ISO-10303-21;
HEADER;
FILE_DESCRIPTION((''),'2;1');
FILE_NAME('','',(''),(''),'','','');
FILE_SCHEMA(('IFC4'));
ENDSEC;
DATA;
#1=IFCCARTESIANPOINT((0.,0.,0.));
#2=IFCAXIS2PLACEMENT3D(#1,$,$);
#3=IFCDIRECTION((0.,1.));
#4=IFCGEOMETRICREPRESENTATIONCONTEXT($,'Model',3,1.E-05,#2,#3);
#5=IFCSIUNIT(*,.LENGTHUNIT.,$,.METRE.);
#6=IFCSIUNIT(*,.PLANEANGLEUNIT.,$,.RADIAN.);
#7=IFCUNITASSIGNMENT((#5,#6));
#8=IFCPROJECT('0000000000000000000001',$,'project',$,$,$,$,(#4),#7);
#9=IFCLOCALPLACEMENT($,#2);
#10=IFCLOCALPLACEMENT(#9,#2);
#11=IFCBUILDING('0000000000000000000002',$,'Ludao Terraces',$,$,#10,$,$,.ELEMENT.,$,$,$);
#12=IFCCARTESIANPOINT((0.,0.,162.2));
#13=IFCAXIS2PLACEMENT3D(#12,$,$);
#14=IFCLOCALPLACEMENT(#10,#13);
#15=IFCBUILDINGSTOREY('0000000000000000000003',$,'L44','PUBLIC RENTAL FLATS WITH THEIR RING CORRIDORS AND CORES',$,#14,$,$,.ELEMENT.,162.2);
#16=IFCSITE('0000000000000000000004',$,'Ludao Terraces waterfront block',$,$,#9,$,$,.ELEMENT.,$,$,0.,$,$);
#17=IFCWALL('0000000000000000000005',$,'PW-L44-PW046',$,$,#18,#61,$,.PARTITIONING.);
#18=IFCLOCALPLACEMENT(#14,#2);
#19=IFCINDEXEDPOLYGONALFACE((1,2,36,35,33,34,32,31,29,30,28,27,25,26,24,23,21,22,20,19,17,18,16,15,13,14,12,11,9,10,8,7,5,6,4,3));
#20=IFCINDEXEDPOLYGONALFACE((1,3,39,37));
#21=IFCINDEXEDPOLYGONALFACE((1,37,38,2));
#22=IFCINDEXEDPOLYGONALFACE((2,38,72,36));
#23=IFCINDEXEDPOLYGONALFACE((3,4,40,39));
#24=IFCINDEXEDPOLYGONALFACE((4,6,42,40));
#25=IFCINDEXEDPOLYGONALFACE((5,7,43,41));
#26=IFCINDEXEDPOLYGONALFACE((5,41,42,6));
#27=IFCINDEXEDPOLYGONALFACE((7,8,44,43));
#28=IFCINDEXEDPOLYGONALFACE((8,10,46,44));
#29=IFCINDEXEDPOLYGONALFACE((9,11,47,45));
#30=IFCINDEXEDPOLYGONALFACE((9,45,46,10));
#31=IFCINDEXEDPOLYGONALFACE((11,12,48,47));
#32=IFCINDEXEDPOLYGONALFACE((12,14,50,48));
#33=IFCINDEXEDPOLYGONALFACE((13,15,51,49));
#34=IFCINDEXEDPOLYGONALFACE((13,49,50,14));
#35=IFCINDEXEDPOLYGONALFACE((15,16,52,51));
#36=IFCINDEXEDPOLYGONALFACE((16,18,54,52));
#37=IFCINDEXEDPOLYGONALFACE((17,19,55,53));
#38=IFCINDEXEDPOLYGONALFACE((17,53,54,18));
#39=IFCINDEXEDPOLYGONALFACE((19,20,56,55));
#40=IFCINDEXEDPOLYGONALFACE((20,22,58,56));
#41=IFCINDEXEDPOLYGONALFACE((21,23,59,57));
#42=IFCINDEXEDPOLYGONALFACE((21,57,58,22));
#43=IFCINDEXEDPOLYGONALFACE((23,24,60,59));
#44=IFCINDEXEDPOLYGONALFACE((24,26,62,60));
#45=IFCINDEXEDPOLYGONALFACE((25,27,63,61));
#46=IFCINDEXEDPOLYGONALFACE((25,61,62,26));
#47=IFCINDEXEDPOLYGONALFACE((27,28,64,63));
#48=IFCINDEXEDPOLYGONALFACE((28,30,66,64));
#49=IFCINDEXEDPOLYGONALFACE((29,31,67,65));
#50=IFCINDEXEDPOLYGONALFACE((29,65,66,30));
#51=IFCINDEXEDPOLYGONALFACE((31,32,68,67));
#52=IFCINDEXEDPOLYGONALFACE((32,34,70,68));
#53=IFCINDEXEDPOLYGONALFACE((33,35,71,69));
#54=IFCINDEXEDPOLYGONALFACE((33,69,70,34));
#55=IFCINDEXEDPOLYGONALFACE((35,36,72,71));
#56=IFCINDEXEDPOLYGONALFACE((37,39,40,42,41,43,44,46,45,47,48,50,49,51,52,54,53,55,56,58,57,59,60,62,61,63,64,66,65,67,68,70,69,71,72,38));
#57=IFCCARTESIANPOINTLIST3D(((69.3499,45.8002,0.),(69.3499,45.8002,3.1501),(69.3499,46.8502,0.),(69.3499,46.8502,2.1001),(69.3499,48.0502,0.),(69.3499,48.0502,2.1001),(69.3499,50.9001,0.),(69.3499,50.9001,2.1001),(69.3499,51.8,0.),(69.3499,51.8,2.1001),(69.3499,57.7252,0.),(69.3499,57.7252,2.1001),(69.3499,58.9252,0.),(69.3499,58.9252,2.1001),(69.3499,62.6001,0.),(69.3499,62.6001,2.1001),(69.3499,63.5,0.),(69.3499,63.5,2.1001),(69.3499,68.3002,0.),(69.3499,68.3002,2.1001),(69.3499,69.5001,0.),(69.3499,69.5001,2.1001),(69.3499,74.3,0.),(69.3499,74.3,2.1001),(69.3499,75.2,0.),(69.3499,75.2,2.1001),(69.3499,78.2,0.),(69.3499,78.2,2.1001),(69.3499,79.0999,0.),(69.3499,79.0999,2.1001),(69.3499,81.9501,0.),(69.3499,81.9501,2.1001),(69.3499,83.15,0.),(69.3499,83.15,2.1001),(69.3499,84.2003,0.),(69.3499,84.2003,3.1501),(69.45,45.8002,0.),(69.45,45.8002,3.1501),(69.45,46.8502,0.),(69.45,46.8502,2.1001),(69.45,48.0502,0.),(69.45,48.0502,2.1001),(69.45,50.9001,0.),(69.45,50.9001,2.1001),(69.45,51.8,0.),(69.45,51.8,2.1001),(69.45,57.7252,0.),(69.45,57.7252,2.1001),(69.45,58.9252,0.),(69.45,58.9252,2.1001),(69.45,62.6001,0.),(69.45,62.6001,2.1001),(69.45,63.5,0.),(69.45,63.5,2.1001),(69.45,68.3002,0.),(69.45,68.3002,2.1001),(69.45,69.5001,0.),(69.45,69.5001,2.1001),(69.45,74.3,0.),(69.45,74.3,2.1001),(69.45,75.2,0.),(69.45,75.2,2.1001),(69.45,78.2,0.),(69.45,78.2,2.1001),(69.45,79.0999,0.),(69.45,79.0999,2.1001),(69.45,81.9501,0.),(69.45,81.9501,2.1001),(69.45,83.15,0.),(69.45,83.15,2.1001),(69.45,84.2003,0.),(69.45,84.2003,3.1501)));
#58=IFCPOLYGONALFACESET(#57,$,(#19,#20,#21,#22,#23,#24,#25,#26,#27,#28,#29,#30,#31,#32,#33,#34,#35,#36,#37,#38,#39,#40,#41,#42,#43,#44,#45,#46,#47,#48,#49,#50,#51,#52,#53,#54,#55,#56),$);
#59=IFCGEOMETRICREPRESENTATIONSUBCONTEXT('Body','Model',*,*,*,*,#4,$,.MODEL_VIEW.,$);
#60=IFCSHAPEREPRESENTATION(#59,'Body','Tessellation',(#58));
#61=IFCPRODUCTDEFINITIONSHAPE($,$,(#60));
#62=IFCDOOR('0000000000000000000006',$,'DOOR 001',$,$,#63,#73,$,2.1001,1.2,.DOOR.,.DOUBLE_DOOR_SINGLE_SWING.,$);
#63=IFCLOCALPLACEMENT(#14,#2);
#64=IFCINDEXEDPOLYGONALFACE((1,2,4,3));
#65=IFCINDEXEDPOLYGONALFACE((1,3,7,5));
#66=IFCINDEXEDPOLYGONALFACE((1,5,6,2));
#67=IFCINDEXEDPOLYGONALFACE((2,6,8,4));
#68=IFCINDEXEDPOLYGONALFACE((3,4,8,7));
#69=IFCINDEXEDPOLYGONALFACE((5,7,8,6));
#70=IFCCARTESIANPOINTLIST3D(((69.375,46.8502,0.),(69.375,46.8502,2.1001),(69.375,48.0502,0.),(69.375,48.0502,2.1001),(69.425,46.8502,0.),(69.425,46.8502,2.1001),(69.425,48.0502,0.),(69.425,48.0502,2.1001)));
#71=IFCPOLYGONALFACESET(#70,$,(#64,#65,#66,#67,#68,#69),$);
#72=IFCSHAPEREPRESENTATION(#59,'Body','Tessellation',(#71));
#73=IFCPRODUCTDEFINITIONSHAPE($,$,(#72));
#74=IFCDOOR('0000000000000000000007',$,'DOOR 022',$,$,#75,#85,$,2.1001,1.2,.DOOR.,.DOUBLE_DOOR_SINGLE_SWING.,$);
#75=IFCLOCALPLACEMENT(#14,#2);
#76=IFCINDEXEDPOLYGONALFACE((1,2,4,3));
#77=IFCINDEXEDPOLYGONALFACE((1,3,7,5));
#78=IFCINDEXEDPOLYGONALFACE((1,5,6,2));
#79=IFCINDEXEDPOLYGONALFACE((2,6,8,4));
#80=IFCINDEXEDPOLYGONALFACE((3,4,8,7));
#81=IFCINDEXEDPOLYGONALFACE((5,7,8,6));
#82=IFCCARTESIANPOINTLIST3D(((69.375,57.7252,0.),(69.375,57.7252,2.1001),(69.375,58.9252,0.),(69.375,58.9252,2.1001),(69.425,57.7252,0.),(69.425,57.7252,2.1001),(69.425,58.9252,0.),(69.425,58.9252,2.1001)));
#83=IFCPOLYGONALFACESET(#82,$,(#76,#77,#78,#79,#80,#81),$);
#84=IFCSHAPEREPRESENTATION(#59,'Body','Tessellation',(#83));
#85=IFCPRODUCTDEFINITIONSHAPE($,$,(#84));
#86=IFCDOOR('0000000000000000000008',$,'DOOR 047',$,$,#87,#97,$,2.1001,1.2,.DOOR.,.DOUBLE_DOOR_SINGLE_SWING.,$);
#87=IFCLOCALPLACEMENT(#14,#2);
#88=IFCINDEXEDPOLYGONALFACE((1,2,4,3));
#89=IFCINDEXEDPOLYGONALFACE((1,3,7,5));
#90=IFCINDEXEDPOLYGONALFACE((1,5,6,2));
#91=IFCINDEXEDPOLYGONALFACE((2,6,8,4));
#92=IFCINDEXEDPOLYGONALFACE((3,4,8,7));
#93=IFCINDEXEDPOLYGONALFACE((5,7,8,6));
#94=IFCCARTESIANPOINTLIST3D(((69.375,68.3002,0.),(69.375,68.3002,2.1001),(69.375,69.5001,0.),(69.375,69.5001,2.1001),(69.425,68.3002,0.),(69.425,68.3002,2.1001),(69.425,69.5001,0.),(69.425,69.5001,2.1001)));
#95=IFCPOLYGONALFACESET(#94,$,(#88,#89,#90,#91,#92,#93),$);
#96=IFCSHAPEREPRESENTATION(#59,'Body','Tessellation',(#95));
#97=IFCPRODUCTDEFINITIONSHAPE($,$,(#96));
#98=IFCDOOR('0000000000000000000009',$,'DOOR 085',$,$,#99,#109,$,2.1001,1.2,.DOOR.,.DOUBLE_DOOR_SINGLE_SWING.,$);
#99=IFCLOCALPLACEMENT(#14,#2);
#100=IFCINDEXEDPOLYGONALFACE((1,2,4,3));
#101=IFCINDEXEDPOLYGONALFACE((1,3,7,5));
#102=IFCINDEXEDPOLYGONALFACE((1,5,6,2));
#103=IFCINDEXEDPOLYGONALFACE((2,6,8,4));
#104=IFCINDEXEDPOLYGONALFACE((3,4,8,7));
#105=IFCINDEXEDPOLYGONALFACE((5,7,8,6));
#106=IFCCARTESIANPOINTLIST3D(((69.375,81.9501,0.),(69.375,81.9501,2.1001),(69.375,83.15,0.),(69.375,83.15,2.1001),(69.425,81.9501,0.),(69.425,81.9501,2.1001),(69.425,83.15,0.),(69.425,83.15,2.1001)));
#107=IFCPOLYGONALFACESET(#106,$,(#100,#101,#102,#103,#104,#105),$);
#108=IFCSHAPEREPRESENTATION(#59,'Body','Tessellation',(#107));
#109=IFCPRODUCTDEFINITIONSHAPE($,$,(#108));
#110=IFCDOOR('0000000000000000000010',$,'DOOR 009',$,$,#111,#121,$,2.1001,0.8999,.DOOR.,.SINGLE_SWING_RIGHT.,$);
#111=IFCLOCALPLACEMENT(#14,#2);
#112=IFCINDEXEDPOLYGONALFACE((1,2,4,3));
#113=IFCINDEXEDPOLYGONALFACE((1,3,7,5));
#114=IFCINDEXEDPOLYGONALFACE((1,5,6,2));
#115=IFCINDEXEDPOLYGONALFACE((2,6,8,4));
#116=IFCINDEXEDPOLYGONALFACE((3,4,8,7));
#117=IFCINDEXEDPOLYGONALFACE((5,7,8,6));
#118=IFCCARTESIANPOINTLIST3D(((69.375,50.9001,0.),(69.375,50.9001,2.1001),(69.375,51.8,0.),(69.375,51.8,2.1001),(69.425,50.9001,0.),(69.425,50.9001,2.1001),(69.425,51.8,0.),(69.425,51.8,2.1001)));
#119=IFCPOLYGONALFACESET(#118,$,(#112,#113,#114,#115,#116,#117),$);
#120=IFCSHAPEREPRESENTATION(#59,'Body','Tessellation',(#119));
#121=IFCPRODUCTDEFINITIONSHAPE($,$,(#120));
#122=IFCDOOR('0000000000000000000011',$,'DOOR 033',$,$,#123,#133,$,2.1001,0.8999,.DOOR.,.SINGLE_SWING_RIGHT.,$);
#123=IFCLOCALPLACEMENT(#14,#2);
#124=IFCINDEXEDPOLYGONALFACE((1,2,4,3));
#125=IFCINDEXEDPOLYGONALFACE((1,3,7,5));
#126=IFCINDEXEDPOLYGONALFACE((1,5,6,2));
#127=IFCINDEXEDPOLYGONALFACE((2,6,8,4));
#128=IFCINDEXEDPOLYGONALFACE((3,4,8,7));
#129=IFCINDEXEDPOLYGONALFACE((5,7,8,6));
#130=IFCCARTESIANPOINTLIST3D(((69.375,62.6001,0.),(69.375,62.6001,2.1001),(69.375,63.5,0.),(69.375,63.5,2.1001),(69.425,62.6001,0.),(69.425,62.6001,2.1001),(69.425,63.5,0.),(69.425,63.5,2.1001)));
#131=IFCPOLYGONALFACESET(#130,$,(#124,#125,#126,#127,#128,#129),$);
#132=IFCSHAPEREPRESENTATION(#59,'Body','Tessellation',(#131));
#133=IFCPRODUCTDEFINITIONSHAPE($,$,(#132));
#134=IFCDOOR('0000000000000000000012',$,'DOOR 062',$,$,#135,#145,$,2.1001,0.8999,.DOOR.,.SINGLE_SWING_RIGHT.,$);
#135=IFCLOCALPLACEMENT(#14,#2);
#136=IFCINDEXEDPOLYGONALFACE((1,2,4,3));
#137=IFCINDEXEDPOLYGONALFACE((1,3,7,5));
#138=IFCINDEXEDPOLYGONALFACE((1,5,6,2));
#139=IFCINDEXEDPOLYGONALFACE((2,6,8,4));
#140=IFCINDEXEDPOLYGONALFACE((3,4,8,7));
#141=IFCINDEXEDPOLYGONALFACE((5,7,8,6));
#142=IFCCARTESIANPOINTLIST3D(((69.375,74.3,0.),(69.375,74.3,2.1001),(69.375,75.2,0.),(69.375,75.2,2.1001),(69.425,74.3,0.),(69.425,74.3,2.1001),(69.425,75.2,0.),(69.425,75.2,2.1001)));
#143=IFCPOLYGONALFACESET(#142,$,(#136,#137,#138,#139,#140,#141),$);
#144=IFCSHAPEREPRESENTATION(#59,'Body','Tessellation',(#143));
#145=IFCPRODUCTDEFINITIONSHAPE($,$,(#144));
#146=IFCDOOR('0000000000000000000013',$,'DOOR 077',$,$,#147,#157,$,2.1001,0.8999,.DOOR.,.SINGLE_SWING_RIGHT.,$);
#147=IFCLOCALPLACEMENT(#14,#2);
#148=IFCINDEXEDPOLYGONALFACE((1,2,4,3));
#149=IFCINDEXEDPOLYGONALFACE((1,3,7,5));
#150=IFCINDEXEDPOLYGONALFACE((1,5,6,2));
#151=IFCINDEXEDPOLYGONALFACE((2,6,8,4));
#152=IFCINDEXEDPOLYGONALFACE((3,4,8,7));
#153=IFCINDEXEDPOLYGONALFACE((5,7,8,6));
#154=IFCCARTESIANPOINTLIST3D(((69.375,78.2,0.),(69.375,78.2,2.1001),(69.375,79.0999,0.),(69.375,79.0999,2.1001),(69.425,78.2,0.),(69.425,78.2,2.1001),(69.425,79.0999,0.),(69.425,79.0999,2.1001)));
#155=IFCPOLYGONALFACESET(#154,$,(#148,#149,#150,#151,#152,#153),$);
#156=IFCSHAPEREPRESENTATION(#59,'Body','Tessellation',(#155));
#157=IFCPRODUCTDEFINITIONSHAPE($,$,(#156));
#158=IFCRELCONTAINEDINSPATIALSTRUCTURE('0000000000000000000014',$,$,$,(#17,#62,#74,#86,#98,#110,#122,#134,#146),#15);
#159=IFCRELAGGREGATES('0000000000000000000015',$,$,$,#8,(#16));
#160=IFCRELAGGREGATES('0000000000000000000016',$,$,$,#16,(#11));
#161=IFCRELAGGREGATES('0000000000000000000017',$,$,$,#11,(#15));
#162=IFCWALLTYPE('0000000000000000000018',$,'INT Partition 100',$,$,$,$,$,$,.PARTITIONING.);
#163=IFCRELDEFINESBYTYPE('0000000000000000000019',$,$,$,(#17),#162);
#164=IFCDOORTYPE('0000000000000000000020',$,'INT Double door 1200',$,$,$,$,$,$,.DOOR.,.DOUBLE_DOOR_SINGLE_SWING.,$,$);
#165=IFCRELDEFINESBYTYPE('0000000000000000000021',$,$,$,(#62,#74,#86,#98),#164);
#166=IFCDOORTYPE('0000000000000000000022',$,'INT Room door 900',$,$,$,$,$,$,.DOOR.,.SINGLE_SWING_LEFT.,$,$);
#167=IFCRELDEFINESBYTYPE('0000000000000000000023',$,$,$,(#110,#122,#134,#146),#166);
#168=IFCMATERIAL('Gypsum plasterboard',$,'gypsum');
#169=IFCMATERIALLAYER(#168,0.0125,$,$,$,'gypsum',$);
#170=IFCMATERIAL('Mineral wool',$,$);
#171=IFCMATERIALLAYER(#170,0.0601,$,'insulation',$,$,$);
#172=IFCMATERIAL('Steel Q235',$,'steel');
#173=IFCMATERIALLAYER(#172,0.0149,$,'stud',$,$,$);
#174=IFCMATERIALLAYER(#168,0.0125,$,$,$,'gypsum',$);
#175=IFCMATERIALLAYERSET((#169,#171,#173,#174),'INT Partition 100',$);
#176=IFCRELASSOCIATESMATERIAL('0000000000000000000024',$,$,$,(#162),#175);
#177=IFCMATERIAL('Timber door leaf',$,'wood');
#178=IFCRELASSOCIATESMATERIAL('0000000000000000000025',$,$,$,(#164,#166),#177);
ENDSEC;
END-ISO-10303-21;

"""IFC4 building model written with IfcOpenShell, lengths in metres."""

from ifc_helpers import new_model, si_unit, direction, frame, frame_2d, origin, place, context, subcontext, project, spatial, rectangle, extrude, material, layer, layer_set, type_object, element, fill, save


model = new_model("IFC4")

# Units and contexts
model_context = context("Model", 3, precision=1e-05, world=origin(), true_north=direction((0.0, 1.0)))
body_context = subcontext(model_context, "Body", "Model", "MODEL_VIEW")
ifc_project = project(units=[si_unit("LENGTHUNIT", "METRE"), si_unit("PLANEANGLEUNIT", "RADIAN")], contexts=[model_context])

# Site, building, storey
site_placement = place(None, origin())
site = spatial("IfcSite", under=ifc_project, at=site_placement, Name="Ludao Terraces waterfront block", CompositionType="ELEMENT", RefElevation=0.0)
building_placement = place(site_placement, origin())
building = spatial("IfcBuilding", under=site, at=building_placement, Name="Ludao Terraces", CompositionType="ELEMENT")
storey_placement = place(building_placement, frame((0.0, 0.0, 162.2)))
storey = spatial("IfcBuildingStorey", under=building, at=storey_placement, Name="L44", Description="PUBLIC RENTAL FLATS WITH THEIR RING CORRIDORS AND CORES", CompositionType="ELEMENT", Elevation=162.2)

# Shared definitions
ifc_material_1 = material(Name="Mineral wool")

# Wall, openings, doors
ifc_material_2 = material(Name="Gypsum plasterboard", Category="gypsum")
ifc_layer_1 = layer(ifc_material_2, 0.0125, Category="gypsum")
ifc_layer_2 = layer(ifc_material_1, 0.0601, Name="insulation")
ifc_material_3 = material(Name="Steel Q235", Category="steel")
ifc_layer_3 = layer(ifc_material_3, 0.0149, Name="stud")
ifc_layer_4 = layer(ifc_material_2, 0.0125, Category="gypsum")
ifc_layer_set_1 = layer_set([ifc_layer_1, ifc_layer_2, ifc_layer_3, ifc_layer_4], Name="INT Partition 100")
wall_type_1 = type_object("IfcWallType", Name="INT Partition 100", PredefinedType="PARTITIONING", material=ifc_layer_set_1)
wall_1_placement = place(storey_placement, frame((69.3999, 45.8, 0.0), z_axis=(0.0, 0.0, 1.0), x_axis=(0.0, 1.0, 0.0)))
wall_1 = element("IfcWall", 1, at=wall_1_placement, inside=storey, type_object=wall_type_1, Name="PW-L44-PW046", PredefinedType="PARTITIONING", context=body_context, shape_type="SweptSolid", body=[
    extrude(rectangle(XDim=38.4001, YDim=0.1001, at=frame_2d((19.2002, 0.0))), origin(), (0.0, 0.0, 1.0), 3.1501),
])
opening_1_placement = place(wall_1_placement, frame((1.05, 0.0, 0.0)))
opening_1 = element("IfcOpeningElement", 2, at=opening_1_placement, cuts=wall_1, PredefinedType="OPENING", context=body_context, shape_type="SweptSolid", body=[
    extrude(rectangle(XDim=1.2, YDim=2.1001, at=frame_2d((0.6001, 1.05))), frame((0.0, 0.0601, 0.0), z_axis=(0.0, -1.0, 0.0), x_axis=(1.0, 0.0, 0.0)), (0.0, 0.0, 1.0), 0.1201),
])
opening_2_placement = place(wall_1_placement, frame((5.1001, 0.0, 0.0)))
opening_2 = element("IfcOpeningElement", 3, at=opening_2_placement, cuts=wall_1, PredefinedType="OPENING", context=body_context, shape_type="SweptSolid", body=[
    extrude(rectangle(XDim=0.8999, YDim=2.1001, at=frame_2d((0.45, 1.05))), frame((0.0, 0.0601, 0.0), z_axis=(0.0, -1.0, 0.0), x_axis=(1.0, 0.0, 0.0)), (0.0, 0.0, 1.0), 0.1201),
])
opening_3_placement = place(wall_1_placement, frame((11.925, 0.0, 0.0)))
opening_3 = element("IfcOpeningElement", 4, at=opening_3_placement, cuts=wall_1, PredefinedType="OPENING", context=body_context, shape_type="SweptSolid", body=[
    extrude(rectangle(XDim=1.2, YDim=2.1001, at=frame_2d((0.6001, 1.05))), frame((0.0, 0.0601, 0.0), z_axis=(0.0, -1.0, 0.0), x_axis=(1.0, 0.0, 0.0)), (0.0, 0.0, 1.0), 0.1201),
])
opening_4_placement = place(wall_1_placement, frame((16.8, 0.0, 0.0)))
opening_4 = element("IfcOpeningElement", 5, at=opening_4_placement, cuts=wall_1, PredefinedType="OPENING", context=body_context, shape_type="SweptSolid", body=[
    extrude(rectangle(XDim=0.8999, YDim=2.1001, at=frame_2d((0.45, 1.05))), frame((0.0, 0.0601, 0.0), z_axis=(0.0, -1.0, 0.0), x_axis=(1.0, 0.0, 0.0)), (0.0, 0.0, 1.0), 0.1201),
])
opening_5_placement = place(wall_1_placement, frame((22.5, 0.0, 0.0)))
opening_5 = element("IfcOpeningElement", 6, at=opening_5_placement, cuts=wall_1, PredefinedType="OPENING", context=body_context, shape_type="SweptSolid", body=[
    extrude(rectangle(XDim=1.2, YDim=2.1001, at=frame_2d((0.6001, 1.05))), frame((0.0, 0.0601, 0.0), z_axis=(0.0, -1.0, 0.0), x_axis=(1.0, 0.0, 0.0)), (0.0, 0.0, 1.0), 0.1201),
])
opening_6_placement = place(wall_1_placement, frame((28.5, 0.0, 0.0)))
opening_6 = element("IfcOpeningElement", 7, at=opening_6_placement, cuts=wall_1, PredefinedType="OPENING", context=body_context, shape_type="SweptSolid", body=[
    extrude(rectangle(XDim=0.8999, YDim=2.1001, at=frame_2d((0.45, 1.05))), frame((0.0, 0.0601, 0.0), z_axis=(0.0, -1.0, 0.0), x_axis=(1.0, 0.0, 0.0)), (0.0, 0.0, 1.0), 0.1201),
])
opening_7_placement = place(wall_1_placement, frame((32.3999, 0.0, 0.0)))
opening_7 = element("IfcOpeningElement", 8, at=opening_7_placement, cuts=wall_1, PredefinedType="OPENING", context=body_context, shape_type="SweptSolid", body=[
    extrude(rectangle(XDim=0.8999, YDim=2.1001, at=frame_2d((0.45, 1.05))), frame((0.0, 0.0601, 0.0), z_axis=(0.0, -1.0, 0.0), x_axis=(1.0, 0.0, 0.0)), (0.0, 0.0, 1.0), 0.1201),
])
opening_8_placement = place(wall_1_placement, frame((36.1499, 0.0, 0.0)))
opening_8 = element("IfcOpeningElement", 9, at=opening_8_placement, cuts=wall_1, PredefinedType="OPENING", context=body_context, shape_type="SweptSolid", body=[
    extrude(rectangle(XDim=1.2, YDim=2.1001, at=frame_2d((0.6001, 1.05))), frame((0.0, 0.0601, 0.0), z_axis=(0.0, -1.0, 0.0), x_axis=(1.0, 0.0, 0.0)), (0.0, 0.0, 1.0), 0.1201),
])
ifc_material_4 = material(Name="Timber door leaf", Category="wood")
door_type_1 = type_object("IfcDoorType", Name="INT Double door 1200", OperationType="DOUBLE_DOOR_SINGLE_SWING", PredefinedType="DOOR", material=ifc_material_4)
door_1_placement = place(opening_1_placement, origin())
door_1 = element("IfcDoor", 10, at=door_1_placement, inside=storey, type_object=door_type_1, Name="DOOR 001", OperationType="DOUBLE_DOOR_SINGLE_SWING", OverallHeight=2.1001, OverallWidth=1.2, PredefinedType="DOOR", context=body_context, shape_type="SweptSolid", body=[
    extrude(rectangle(XDim=1.2, YDim=2.1001, at=frame_2d((0.6001, 1.05))), frame((0.0, 0.0249, 0.0), z_axis=(0.0, -1.0, 0.0), x_axis=(1.0, 0.0, 0.0)), (0.0, 0.0, 1.0), 0.05),
])
fill(opening_1, door_1)
door_2_placement = place(opening_3_placement, origin())
door_2 = element("IfcDoor", 11, at=door_2_placement, inside=storey, type_object=door_type_1, Name="DOOR 022", OperationType="DOUBLE_DOOR_SINGLE_SWING", OverallHeight=2.1001, OverallWidth=1.2, PredefinedType="DOOR", context=body_context, shape_type="SweptSolid", body=[
    extrude(rectangle(XDim=1.2, YDim=2.1001, at=frame_2d((0.6001, 1.05))), frame((0.0, 0.0249, 0.0), z_axis=(0.0, -1.0, 0.0), x_axis=(1.0, 0.0, 0.0)), (0.0, 0.0, 1.0), 0.05),
])
fill(opening_3, door_2)
door_3_placement = place(opening_5_placement, origin())
door_3 = element("IfcDoor", 12, at=door_3_placement, inside=storey, type_object=door_type_1, Name="DOOR 047", OperationType="DOUBLE_DOOR_SINGLE_SWING", OverallHeight=2.1001, OverallWidth=1.2, PredefinedType="DOOR", context=body_context, shape_type="SweptSolid", body=[
    extrude(rectangle(XDim=1.2, YDim=2.1001, at=frame_2d((0.6001, 1.05))), frame((0.0, 0.0249, 0.0), z_axis=(0.0, -1.0, 0.0), x_axis=(1.0, 0.0, 0.0)), (0.0, 0.0, 1.0), 0.05),
])
fill(opening_5, door_3)
door_4_placement = place(opening_8_placement, origin())
door_4 = element("IfcDoor", 13, at=door_4_placement, inside=storey, type_object=door_type_1, Name="DOOR 085", OperationType="DOUBLE_DOOR_SINGLE_SWING", OverallHeight=2.1001, OverallWidth=1.2, PredefinedType="DOOR", context=body_context, shape_type="SweptSolid", body=[
    extrude(rectangle(XDim=1.2, YDim=2.1001, at=frame_2d((0.6001, 1.05))), frame((0.0, 0.0249, 0.0), z_axis=(0.0, -1.0, 0.0), x_axis=(1.0, 0.0, 0.0)), (0.0, 0.0, 1.0), 0.05),
])
fill(opening_8, door_4)
door_type_2 = type_object("IfcDoorType", Name="INT Room door 900", OperationType="SINGLE_SWING_LEFT", PredefinedType="DOOR", material=ifc_material_4)
door_5_placement = place(opening_2_placement, origin())
door_5 = element("IfcDoor", 14, at=door_5_placement, inside=storey, type_object=door_type_2, Name="DOOR 009", OperationType="SINGLE_SWING_RIGHT", OverallHeight=2.1001, OverallWidth=0.8999, PredefinedType="DOOR", context=body_context, shape_type="SweptSolid", body=[
    extrude(rectangle(XDim=0.8999, YDim=2.1001, at=frame_2d((0.45, 1.05))), frame((0.0, 0.0249, 0.0), z_axis=(0.0, -1.0, 0.0), x_axis=(1.0, 0.0, 0.0)), (0.0, 0.0, 1.0), 0.05),
])
fill(opening_2, door_5)
door_6_placement = place(opening_4_placement, origin())
door_6 = element("IfcDoor", 15, at=door_6_placement, inside=storey, type_object=door_type_2, Name="DOOR 033", OperationType="SINGLE_SWING_RIGHT", OverallHeight=2.1001, OverallWidth=0.8999, PredefinedType="DOOR", context=body_context, shape_type="SweptSolid", body=[
    extrude(rectangle(XDim=0.8999, YDim=2.1001, at=frame_2d((0.45, 1.05))), frame((0.0, 0.0249, 0.0), z_axis=(0.0, -1.0, 0.0), x_axis=(1.0, 0.0, 0.0)), (0.0, 0.0, 1.0), 0.05),
])
fill(opening_4, door_6)
door_7_placement = place(opening_6_placement, origin())
door_7 = element("IfcDoor", 16, at=door_7_placement, inside=storey, type_object=door_type_2, Name="DOOR 062", OperationType="SINGLE_SWING_RIGHT", OverallHeight=2.1001, OverallWidth=0.8999, PredefinedType="DOOR", context=body_context, shape_type="SweptSolid", body=[
    extrude(rectangle(XDim=0.8999, YDim=2.1001, at=frame_2d((0.45, 1.05))), frame((0.0, 0.0249, 0.0), z_axis=(0.0, -1.0, 0.0), x_axis=(1.0, 0.0, 0.0)), (0.0, 0.0, 1.0), 0.05),
])
fill(opening_6, door_7)
door_8_placement = place(opening_7_placement, origin())
door_8 = element("IfcDoor", 17, at=door_8_placement, inside=storey, type_object=door_type_2, Name="DOOR 077", OperationType="SINGLE_SWING_RIGHT", OverallHeight=2.1001, OverallWidth=0.8999, PredefinedType="DOOR", context=body_context, shape_type="SweptSolid", body=[
    extrude(rectangle(XDim=0.8999, YDim=2.1001, at=frame_2d((0.45, 1.05))), frame((0.0, 0.0249, 0.0), z_axis=(0.0, -1.0, 0.0), x_axis=(1.0, 0.0, 0.0)), (0.0, 0.0, 1.0), 0.05),
])
fill(opening_7, door_8)

save(model, "model.ifc")
